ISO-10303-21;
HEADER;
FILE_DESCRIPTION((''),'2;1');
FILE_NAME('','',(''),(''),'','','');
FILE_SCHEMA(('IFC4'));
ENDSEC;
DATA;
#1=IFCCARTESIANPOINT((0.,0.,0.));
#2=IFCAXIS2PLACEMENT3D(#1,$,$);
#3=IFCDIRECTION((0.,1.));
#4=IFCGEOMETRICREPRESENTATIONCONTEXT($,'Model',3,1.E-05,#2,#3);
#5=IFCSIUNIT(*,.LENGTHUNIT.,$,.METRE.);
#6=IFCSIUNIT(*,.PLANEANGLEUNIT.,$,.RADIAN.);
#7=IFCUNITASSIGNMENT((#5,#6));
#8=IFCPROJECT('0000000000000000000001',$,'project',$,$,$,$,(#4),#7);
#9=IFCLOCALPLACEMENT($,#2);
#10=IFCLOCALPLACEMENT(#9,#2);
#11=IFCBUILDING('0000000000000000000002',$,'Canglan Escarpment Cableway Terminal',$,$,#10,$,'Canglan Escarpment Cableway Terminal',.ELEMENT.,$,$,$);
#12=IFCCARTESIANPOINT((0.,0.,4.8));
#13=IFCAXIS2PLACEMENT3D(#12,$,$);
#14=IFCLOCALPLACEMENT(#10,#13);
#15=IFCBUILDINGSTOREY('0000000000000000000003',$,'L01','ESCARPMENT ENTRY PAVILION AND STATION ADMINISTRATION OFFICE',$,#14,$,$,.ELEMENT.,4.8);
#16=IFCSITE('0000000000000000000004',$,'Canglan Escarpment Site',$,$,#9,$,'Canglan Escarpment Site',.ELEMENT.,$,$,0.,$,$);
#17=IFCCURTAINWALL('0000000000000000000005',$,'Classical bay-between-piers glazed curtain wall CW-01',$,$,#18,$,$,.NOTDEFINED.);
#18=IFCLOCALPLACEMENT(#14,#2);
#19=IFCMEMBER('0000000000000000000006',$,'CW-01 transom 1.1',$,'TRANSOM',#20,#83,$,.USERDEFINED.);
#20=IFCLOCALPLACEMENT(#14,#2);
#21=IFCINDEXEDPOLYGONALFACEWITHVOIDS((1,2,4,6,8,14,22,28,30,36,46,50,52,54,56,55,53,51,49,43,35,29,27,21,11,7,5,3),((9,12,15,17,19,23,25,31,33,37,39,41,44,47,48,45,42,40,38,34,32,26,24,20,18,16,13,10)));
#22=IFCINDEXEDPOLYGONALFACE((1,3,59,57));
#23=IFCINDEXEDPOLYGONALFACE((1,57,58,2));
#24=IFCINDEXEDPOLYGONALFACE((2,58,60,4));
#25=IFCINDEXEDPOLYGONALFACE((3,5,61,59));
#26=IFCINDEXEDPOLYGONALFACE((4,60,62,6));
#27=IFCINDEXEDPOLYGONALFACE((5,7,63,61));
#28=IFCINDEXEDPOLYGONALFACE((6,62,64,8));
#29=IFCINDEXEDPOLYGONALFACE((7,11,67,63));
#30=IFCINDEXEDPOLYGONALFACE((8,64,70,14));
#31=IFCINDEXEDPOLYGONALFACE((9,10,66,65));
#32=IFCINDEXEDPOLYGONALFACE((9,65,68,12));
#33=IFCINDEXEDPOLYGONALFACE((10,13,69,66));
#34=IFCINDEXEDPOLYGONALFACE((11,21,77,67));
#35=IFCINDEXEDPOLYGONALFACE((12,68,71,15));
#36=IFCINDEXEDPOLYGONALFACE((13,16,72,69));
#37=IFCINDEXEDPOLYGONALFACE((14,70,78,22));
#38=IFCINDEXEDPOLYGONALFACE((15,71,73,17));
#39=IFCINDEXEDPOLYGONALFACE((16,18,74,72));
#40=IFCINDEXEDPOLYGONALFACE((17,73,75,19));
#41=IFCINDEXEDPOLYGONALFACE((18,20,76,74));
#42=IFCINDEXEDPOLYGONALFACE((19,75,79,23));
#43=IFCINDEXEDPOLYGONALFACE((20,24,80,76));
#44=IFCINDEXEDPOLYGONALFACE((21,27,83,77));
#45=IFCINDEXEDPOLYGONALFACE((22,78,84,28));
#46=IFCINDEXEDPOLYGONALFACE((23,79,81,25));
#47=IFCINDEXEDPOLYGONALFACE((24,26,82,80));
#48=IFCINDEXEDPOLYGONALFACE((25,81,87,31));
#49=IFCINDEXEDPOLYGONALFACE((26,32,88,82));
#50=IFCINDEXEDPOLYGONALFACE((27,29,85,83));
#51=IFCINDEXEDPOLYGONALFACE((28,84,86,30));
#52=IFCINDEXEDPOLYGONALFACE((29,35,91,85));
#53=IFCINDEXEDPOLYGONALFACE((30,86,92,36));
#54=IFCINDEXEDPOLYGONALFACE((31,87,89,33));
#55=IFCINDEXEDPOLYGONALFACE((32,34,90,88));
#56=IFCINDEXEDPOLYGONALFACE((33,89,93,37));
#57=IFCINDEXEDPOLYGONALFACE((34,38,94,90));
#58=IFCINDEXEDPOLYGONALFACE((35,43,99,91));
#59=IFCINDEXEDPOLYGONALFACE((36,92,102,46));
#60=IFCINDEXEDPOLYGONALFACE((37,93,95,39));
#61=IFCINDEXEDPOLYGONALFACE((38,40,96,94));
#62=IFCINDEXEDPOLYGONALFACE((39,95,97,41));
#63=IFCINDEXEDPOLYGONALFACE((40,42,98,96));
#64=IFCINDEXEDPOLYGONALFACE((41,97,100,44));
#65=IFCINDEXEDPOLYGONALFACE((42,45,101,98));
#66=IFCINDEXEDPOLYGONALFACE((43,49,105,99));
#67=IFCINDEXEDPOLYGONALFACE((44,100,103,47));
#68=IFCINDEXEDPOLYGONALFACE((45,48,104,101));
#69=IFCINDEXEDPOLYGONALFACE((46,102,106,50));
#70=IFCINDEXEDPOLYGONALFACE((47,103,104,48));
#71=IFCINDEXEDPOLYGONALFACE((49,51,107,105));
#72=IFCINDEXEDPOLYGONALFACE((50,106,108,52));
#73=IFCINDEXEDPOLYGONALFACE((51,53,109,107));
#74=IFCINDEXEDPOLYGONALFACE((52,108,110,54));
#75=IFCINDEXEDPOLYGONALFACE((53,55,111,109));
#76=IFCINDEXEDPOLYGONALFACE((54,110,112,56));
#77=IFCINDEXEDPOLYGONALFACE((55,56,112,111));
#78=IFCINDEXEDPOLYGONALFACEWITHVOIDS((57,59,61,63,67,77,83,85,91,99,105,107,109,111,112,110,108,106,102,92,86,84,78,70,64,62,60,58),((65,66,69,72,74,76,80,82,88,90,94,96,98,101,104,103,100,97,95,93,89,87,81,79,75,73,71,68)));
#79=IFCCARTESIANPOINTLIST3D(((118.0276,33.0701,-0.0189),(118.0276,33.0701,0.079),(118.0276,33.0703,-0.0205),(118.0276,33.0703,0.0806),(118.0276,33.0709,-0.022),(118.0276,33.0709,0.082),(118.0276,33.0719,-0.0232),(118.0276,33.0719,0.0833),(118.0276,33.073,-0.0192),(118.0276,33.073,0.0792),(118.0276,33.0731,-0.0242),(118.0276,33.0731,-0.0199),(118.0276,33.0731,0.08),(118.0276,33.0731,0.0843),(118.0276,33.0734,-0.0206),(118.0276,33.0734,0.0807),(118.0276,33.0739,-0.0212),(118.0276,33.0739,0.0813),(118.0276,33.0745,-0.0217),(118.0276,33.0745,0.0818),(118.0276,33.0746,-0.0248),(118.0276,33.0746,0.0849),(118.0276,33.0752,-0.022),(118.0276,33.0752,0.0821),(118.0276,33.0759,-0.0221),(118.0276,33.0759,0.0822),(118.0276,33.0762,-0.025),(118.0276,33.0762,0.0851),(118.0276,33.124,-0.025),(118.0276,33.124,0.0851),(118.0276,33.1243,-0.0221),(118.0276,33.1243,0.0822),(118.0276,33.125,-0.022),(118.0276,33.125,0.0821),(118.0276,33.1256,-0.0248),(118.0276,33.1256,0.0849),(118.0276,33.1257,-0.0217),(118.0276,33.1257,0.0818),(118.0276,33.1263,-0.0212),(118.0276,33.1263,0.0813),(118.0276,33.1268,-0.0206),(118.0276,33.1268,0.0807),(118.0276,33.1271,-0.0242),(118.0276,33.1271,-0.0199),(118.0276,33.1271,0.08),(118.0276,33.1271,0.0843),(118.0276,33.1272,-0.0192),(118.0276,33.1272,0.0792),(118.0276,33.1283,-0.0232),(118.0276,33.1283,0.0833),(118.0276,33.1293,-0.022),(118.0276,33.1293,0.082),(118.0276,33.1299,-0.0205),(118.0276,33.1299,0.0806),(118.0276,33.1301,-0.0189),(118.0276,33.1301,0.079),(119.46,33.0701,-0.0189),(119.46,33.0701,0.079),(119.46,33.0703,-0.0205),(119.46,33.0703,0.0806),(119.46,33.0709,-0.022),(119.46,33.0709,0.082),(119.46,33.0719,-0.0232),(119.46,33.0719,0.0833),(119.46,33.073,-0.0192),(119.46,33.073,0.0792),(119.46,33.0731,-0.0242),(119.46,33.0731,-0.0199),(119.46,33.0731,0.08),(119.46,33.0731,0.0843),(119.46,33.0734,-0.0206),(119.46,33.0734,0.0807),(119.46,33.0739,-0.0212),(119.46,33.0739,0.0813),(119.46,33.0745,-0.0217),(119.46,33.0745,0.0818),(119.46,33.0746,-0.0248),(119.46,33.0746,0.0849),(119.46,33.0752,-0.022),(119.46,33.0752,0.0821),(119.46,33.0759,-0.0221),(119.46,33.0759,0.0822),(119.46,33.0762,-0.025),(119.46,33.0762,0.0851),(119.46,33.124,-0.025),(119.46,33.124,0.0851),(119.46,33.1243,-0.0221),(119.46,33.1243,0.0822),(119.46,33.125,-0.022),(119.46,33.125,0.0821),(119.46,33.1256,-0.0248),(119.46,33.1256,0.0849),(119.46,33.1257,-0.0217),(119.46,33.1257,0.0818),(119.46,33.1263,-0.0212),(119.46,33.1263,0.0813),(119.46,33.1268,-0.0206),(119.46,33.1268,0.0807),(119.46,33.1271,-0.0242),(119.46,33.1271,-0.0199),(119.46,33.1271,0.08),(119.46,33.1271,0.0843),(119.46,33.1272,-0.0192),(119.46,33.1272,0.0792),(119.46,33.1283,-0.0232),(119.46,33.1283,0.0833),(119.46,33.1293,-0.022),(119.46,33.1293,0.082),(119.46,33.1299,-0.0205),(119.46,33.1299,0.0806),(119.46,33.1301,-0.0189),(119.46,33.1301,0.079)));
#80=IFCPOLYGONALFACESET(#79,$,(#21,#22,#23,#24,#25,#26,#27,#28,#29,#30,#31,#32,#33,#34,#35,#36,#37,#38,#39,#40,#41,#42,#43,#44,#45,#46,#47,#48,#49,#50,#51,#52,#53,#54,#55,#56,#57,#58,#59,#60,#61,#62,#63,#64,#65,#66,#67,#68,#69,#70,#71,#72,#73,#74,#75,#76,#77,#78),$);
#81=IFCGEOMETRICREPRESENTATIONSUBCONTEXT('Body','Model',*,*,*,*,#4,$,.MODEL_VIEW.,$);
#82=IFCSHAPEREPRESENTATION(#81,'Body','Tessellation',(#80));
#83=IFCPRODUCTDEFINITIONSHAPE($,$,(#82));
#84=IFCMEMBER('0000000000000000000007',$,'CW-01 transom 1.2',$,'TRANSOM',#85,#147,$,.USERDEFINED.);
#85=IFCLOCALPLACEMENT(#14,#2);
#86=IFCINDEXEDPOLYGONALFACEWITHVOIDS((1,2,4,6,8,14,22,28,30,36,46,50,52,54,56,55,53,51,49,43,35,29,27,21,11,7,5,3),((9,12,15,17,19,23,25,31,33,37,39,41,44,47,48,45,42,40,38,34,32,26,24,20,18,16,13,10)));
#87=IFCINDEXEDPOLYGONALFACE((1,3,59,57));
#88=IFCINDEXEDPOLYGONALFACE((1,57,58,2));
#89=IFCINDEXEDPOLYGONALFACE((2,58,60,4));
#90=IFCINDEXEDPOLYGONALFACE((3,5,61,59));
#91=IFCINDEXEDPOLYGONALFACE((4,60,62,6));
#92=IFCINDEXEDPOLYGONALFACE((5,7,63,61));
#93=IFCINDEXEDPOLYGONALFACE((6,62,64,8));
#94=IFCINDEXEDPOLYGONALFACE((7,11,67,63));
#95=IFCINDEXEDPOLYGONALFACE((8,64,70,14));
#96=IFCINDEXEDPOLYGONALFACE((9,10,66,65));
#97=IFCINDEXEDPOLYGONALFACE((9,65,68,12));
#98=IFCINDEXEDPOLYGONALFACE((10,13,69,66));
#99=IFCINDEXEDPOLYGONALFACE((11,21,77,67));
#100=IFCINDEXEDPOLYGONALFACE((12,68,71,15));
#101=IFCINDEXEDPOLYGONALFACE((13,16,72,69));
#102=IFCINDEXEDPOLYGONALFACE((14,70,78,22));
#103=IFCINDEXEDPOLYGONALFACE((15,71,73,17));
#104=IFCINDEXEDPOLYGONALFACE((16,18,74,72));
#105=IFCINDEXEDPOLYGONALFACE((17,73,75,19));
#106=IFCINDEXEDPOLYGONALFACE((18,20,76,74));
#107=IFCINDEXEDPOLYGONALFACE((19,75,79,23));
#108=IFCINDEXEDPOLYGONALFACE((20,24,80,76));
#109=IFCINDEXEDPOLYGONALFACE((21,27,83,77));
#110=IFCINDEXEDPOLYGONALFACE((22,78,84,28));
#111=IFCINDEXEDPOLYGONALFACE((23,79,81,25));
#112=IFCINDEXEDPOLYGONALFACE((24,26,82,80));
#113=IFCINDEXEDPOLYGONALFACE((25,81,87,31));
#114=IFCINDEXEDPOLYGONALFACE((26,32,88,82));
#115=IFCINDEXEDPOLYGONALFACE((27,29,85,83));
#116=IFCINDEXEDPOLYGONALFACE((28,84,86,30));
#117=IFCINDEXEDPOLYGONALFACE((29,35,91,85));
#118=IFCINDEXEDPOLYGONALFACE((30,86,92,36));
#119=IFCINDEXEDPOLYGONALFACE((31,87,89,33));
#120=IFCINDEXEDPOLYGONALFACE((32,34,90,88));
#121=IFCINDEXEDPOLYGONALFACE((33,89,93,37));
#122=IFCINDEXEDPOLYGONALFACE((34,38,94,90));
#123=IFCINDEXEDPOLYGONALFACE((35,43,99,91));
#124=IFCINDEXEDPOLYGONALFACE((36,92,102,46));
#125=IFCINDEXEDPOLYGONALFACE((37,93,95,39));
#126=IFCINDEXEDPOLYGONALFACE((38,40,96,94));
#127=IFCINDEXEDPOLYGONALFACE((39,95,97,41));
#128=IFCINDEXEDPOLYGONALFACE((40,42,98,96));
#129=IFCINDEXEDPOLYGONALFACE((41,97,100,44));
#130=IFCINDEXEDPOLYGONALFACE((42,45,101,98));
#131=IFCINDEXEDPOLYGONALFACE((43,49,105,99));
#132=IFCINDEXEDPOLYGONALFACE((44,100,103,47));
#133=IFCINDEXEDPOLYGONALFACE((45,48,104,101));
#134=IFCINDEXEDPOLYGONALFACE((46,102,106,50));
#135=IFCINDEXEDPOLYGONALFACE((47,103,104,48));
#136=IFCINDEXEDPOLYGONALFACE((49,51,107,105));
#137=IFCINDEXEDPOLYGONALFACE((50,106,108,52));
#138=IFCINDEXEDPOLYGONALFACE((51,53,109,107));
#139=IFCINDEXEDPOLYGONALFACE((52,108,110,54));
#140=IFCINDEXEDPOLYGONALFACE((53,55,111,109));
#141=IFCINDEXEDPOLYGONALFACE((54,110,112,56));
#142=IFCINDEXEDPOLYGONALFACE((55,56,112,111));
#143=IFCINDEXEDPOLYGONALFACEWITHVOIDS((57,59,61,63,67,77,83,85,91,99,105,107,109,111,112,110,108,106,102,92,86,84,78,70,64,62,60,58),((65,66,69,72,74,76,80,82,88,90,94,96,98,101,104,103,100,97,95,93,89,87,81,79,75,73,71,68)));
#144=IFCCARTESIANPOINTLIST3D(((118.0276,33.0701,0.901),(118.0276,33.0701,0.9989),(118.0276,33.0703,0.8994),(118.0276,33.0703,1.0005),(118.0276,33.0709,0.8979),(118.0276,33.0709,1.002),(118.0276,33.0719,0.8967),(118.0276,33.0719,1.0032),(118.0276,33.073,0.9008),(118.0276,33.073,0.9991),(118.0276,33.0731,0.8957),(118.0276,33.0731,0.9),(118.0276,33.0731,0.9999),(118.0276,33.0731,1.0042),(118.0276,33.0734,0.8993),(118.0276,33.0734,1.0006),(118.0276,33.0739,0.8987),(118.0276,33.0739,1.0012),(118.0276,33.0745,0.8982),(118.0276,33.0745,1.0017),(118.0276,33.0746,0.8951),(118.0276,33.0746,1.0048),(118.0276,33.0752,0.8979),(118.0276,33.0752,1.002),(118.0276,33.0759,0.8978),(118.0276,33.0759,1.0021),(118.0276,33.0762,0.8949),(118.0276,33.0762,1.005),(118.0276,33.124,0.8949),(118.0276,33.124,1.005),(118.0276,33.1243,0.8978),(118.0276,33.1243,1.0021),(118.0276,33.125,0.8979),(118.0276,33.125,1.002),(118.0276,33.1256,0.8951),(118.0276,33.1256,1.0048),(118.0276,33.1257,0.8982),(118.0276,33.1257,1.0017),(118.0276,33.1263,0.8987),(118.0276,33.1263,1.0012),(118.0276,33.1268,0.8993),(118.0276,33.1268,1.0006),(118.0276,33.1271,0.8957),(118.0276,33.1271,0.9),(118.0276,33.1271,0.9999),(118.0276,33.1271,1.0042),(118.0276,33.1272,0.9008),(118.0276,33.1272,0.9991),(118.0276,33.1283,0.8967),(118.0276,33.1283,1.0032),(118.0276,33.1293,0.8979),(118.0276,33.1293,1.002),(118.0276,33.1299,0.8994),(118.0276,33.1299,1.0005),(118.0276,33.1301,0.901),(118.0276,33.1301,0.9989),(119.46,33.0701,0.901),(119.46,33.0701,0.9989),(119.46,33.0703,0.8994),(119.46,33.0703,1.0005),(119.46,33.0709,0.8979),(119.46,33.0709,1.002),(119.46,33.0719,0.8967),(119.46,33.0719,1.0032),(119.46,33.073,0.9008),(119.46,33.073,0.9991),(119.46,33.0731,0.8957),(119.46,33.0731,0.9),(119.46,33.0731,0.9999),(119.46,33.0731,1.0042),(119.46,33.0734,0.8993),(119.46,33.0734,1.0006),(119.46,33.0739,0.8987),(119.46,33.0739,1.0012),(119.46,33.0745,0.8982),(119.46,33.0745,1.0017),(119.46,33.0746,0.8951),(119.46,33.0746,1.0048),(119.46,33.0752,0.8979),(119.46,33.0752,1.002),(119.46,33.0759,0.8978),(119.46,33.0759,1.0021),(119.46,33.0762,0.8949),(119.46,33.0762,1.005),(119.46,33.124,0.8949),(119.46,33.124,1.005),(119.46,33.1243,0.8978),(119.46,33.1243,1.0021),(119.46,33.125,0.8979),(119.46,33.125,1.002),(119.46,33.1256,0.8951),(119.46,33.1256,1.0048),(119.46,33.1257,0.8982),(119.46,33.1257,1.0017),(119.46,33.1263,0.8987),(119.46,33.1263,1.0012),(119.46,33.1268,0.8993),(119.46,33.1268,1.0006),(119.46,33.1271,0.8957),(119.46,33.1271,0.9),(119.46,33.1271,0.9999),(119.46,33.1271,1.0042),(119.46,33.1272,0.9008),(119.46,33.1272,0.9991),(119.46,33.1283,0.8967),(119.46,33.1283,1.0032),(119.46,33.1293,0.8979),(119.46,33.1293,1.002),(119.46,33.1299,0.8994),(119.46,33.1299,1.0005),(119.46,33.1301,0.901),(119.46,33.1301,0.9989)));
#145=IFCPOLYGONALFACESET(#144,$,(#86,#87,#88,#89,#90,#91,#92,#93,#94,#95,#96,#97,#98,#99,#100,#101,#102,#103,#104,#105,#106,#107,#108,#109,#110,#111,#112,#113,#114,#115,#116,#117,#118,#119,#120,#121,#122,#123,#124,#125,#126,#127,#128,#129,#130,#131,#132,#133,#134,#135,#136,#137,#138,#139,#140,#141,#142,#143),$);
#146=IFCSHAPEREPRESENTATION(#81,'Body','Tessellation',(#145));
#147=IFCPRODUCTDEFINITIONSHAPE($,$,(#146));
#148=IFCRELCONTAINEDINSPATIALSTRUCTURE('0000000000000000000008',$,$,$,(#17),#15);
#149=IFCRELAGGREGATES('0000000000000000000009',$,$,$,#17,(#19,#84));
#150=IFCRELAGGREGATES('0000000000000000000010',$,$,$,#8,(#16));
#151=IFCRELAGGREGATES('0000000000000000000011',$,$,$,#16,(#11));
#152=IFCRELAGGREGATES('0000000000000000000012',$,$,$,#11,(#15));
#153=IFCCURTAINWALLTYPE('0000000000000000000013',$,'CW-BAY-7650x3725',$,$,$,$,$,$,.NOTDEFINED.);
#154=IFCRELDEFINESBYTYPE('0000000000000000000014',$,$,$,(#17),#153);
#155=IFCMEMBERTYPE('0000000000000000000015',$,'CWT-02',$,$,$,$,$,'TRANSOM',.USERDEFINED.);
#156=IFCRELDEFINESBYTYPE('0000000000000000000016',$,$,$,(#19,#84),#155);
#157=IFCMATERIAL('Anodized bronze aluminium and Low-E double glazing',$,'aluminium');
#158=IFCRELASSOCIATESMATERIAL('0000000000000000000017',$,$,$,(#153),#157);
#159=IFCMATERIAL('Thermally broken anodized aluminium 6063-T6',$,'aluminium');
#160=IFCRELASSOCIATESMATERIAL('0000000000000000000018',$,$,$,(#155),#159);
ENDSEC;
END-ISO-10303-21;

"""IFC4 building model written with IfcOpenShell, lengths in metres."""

from ifc_helpers import new_model, si_unit, direction, frame, origin, origin_2d, place, context, subcontext, project, spatial, hollow_rectangle, extrude, material, material_profile, profile_set, type_object, element, aggregate, save


model = new_model("IFC4")

# Units and contexts
model_context = context("Model", 3, precision=1e-05, world=origin(), true_north=direction((0.0, 1.0)))
body_context = subcontext(model_context, "Body", "Model", "MODEL_VIEW")
ifc_project = project(units=[si_unit("LENGTHUNIT", "METRE"), si_unit("PLANEANGLEUNIT", "RADIAN")], contexts=[model_context])

# Site, building, storey
site_placement = place(None, origin())
site = spatial("IfcSite", under=ifc_project, at=site_placement, Name="Canglan Escarpment Site", LongName="Canglan Escarpment Site", CompositionType="ELEMENT", RefElevation=0.0)
building_placement = place(site_placement, origin())
building = spatial("IfcBuilding", under=site, at=building_placement, Name="Canglan Escarpment Cableway Terminal", LongName="Canglan Escarpment Cableway Terminal", CompositionType="ELEMENT")
storey_placement = place(building_placement, frame((0.0, 0.0, 4.8)))
storey = spatial("IfcBuildingStorey", under=building, at=storey_placement, Name="L01", Description="ESCARPMENT ENTRY PAVILION AND STATION ADMINISTRATION OFFICE", CompositionType="ELEMENT", Elevation=4.8)

# Curtain wall
ifc_material_1 = material(Name="Anodized bronze aluminium and Low-E double glazing", Category="aluminium")
curtain_wall_type = type_object("IfcCurtainWallType", Name="CW-BAY-7650x3725", PredefinedType="NOTDEFINED", material=ifc_material_1)
curtain_wall_1_placement = place(storey_placement, origin())
curtain_wall_1 = element("IfcCurtainWall", 1, at=curtain_wall_1_placement, inside=storey, type_object=curtain_wall_type, Name="Classical bay-between-piers glazed curtain wall CW-01", PredefinedType="NOTDEFINED")
ifc_material_2 = material(Name="Thermally broken anodized aluminium 6063-T6", Category="aluminium")

# Members
ifc_material_profile_1 = material_profile(ifc_material_2, hollow_rectangle(XDim=0.0601, YDim=0.1101, WallThickness=0.0029, InnerFilletRadius=0.0029, OuterFilletRadius=0.0061, at=origin_2d()), Name="ALU-TRAN 60x110x3")
ifc_profile_set_1 = profile_set([ifc_material_profile_1], Name="Thermally broken anodized aluminium 6063-T6")
member_type_1 = type_object("IfcMemberType", Name="CWT-02", ElementType="TRANSOM", PredefinedType="USERDEFINED", material=ifc_profile_set_1)
member_1_placement = place(storey_placement, frame((119.46, 33.1001, 0.03), z_axis=(-1.0, 0.0, 0.0), x_axis=(0.0, -1.0, 0.0)))
member_1 = element("IfcMember", 2, at=member_1_placement, type_object=member_type_1, Name="CW-01 transom 1.1", ObjectType="TRANSOM", PredefinedType="USERDEFINED", context=body_context, shape_type="SweptSolid", body=[
    extrude(hollow_rectangle(XDim=0.0601, YDim=0.1101, WallThickness=0.0029, InnerFilletRadius=0.0029, OuterFilletRadius=0.0061, at=origin_2d()), origin(), (0.0, 0.0, 1.0), 1.4324),
])
member_2_placement = place(storey_placement, frame((119.46, 33.1001, 0.95), z_axis=(-1.0, 0.0, 0.0), x_axis=(0.0, -1.0, 0.0)))
member_2 = element("IfcMember", 3, at=member_2_placement, type_object=member_type_1, Name="CW-01 transom 1.2", ObjectType="TRANSOM", PredefinedType="USERDEFINED", context=body_context, shape_type="SweptSolid", body=[
    extrude(hollow_rectangle(XDim=0.0601, YDim=0.1101, WallThickness=0.0029, InnerFilletRadius=0.0029, OuterFilletRadius=0.0061, at=origin_2d()), origin(), (0.0, 0.0, 1.0), 1.4324),
])
aggregate(curtain_wall_1, [member_1, member_2])

save(model, "model.ifc")
